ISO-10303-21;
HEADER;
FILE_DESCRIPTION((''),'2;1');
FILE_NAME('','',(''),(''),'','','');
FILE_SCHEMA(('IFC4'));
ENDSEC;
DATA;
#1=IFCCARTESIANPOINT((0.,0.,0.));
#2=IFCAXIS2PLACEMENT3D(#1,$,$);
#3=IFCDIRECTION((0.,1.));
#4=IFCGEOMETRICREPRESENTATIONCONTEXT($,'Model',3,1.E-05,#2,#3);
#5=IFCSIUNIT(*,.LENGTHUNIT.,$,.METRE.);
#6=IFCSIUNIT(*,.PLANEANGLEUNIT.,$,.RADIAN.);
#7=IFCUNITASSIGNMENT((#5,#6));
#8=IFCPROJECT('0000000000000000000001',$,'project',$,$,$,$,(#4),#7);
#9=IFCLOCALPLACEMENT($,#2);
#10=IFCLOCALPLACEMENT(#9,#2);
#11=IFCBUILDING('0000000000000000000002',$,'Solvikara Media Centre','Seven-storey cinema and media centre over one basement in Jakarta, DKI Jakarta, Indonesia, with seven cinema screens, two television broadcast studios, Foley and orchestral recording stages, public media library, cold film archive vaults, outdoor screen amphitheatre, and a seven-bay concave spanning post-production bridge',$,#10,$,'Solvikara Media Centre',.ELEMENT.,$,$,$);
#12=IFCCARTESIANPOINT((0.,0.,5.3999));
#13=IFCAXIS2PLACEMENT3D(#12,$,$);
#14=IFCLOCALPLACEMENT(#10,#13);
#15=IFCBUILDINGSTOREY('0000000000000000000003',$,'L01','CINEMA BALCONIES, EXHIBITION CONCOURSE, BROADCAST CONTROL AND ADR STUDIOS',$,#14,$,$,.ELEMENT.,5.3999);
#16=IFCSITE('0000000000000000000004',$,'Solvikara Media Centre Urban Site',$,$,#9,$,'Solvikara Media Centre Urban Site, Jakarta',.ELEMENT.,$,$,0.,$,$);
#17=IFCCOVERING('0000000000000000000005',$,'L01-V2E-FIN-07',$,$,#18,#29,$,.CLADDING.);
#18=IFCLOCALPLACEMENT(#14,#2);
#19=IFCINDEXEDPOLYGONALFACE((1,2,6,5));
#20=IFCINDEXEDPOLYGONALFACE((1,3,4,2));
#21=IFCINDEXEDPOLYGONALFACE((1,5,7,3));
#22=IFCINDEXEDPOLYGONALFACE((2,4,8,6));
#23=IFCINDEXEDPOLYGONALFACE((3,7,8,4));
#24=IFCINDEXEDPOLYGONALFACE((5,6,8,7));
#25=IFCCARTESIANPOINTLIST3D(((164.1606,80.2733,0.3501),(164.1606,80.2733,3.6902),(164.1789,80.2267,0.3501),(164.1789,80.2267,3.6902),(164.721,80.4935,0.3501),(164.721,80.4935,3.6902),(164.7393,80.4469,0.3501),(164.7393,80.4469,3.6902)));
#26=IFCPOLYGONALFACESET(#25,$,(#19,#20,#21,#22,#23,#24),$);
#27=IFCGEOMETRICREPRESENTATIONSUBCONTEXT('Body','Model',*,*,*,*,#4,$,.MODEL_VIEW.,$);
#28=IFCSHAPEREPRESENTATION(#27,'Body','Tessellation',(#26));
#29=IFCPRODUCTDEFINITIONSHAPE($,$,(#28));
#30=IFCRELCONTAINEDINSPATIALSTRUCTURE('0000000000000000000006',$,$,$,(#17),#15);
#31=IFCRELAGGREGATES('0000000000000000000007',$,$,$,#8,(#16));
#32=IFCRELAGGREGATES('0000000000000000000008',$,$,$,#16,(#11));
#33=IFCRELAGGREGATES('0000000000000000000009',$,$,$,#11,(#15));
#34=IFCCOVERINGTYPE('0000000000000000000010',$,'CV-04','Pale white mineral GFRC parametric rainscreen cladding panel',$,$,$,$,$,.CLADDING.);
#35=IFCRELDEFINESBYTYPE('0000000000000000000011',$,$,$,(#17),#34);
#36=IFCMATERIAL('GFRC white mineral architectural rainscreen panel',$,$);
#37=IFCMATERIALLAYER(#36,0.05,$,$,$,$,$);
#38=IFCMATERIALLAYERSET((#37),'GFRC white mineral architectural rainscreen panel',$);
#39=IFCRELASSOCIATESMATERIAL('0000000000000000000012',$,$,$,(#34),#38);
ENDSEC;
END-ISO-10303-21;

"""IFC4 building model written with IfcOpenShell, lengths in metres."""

from ifc_helpers import new_model, si_unit, direction, frame, origin, origin_2d, place, context, subcontext, project, spatial, rectangle, extrude, material, layer, layer_set, type_object, element, save


model = new_model("IFC4")

# Units and contexts
model_context = context("Model", 3, precision=1e-05, world=origin(), true_north=direction((0.0, 1.0)))
body_context = subcontext(model_context, "Body", "Model", "MODEL_VIEW")
ifc_project = project(units=[si_unit("LENGTHUNIT", "METRE"), si_unit("PLANEANGLEUNIT", "RADIAN")], contexts=[model_context])

# Site, building, storey
site_placement = place(None, origin())
site = spatial("IfcSite", under=ifc_project, at=site_placement, Name="Solvikara Media Centre Urban Site", LongName="Solvikara Media Centre Urban Site, Jakarta", CompositionType="ELEMENT", RefElevation=0.0)
building_placement = place(site_placement, origin())
building = spatial("IfcBuilding", under=site, at=building_placement, Name="Solvikara Media Centre", Description="Seven-storey cinema and media centre over one basement in Jakarta, DKI Jakarta, Indonesia, with seven cinema screens, two television broadcast studios, Foley and orchestral recording stages, public media library, cold film archive vaults, outdoor screen amphitheatre, and a seven-bay concave spanning post-production bridge", LongName="Solvikara Media Centre", CompositionType="ELEMENT")
storey_placement = place(building_placement, frame((0.0, 0.0, 5.3999)))
storey = spatial("IfcBuildingStorey", under=building, at=storey_placement, Name="L01", Description="CINEMA BALCONIES, EXHIBITION CONCOURSE, BROADCAST CONTROL AND ADR STUDIOS", CompositionType="ELEMENT", Elevation=5.3999)

# Covering
ifc_material_1 = material(Name="GFRC white mineral architectural rainscreen panel")
ifc_layer_1 = layer(ifc_material_1, 0.05)
ifc_layer_set_1 = layer_set([ifc_layer_1], Name="GFRC white mineral architectural rainscreen panel")
covering_type = type_object("IfcCoveringType", Name="CV-04", Description="Pale white mineral GFRC parametric rainscreen cladding panel", PredefinedType="CLADDING", material=ifc_layer_set_1)
covering_1_placement = place(storey_placement, frame((164.45, 80.3601, 0.3501), z_axis=(0.0, 0.0, 1.0), x_axis=(0.93075, 0.365657, 0.0)))
element("IfcCovering", 1, at=covering_1_placement, inside=storey, type_object=covering_type, Name="L01-V2E-FIN-07", PredefinedType="CLADDING", context=body_context, shape_type="SweptSolid", body=[
    extrude(rectangle(XDim=0.6021, YDim=0.05, at=origin_2d()), origin(), (0.0, 0.0, 1.0), 3.3401),
])

save(model, "model.ifc")
